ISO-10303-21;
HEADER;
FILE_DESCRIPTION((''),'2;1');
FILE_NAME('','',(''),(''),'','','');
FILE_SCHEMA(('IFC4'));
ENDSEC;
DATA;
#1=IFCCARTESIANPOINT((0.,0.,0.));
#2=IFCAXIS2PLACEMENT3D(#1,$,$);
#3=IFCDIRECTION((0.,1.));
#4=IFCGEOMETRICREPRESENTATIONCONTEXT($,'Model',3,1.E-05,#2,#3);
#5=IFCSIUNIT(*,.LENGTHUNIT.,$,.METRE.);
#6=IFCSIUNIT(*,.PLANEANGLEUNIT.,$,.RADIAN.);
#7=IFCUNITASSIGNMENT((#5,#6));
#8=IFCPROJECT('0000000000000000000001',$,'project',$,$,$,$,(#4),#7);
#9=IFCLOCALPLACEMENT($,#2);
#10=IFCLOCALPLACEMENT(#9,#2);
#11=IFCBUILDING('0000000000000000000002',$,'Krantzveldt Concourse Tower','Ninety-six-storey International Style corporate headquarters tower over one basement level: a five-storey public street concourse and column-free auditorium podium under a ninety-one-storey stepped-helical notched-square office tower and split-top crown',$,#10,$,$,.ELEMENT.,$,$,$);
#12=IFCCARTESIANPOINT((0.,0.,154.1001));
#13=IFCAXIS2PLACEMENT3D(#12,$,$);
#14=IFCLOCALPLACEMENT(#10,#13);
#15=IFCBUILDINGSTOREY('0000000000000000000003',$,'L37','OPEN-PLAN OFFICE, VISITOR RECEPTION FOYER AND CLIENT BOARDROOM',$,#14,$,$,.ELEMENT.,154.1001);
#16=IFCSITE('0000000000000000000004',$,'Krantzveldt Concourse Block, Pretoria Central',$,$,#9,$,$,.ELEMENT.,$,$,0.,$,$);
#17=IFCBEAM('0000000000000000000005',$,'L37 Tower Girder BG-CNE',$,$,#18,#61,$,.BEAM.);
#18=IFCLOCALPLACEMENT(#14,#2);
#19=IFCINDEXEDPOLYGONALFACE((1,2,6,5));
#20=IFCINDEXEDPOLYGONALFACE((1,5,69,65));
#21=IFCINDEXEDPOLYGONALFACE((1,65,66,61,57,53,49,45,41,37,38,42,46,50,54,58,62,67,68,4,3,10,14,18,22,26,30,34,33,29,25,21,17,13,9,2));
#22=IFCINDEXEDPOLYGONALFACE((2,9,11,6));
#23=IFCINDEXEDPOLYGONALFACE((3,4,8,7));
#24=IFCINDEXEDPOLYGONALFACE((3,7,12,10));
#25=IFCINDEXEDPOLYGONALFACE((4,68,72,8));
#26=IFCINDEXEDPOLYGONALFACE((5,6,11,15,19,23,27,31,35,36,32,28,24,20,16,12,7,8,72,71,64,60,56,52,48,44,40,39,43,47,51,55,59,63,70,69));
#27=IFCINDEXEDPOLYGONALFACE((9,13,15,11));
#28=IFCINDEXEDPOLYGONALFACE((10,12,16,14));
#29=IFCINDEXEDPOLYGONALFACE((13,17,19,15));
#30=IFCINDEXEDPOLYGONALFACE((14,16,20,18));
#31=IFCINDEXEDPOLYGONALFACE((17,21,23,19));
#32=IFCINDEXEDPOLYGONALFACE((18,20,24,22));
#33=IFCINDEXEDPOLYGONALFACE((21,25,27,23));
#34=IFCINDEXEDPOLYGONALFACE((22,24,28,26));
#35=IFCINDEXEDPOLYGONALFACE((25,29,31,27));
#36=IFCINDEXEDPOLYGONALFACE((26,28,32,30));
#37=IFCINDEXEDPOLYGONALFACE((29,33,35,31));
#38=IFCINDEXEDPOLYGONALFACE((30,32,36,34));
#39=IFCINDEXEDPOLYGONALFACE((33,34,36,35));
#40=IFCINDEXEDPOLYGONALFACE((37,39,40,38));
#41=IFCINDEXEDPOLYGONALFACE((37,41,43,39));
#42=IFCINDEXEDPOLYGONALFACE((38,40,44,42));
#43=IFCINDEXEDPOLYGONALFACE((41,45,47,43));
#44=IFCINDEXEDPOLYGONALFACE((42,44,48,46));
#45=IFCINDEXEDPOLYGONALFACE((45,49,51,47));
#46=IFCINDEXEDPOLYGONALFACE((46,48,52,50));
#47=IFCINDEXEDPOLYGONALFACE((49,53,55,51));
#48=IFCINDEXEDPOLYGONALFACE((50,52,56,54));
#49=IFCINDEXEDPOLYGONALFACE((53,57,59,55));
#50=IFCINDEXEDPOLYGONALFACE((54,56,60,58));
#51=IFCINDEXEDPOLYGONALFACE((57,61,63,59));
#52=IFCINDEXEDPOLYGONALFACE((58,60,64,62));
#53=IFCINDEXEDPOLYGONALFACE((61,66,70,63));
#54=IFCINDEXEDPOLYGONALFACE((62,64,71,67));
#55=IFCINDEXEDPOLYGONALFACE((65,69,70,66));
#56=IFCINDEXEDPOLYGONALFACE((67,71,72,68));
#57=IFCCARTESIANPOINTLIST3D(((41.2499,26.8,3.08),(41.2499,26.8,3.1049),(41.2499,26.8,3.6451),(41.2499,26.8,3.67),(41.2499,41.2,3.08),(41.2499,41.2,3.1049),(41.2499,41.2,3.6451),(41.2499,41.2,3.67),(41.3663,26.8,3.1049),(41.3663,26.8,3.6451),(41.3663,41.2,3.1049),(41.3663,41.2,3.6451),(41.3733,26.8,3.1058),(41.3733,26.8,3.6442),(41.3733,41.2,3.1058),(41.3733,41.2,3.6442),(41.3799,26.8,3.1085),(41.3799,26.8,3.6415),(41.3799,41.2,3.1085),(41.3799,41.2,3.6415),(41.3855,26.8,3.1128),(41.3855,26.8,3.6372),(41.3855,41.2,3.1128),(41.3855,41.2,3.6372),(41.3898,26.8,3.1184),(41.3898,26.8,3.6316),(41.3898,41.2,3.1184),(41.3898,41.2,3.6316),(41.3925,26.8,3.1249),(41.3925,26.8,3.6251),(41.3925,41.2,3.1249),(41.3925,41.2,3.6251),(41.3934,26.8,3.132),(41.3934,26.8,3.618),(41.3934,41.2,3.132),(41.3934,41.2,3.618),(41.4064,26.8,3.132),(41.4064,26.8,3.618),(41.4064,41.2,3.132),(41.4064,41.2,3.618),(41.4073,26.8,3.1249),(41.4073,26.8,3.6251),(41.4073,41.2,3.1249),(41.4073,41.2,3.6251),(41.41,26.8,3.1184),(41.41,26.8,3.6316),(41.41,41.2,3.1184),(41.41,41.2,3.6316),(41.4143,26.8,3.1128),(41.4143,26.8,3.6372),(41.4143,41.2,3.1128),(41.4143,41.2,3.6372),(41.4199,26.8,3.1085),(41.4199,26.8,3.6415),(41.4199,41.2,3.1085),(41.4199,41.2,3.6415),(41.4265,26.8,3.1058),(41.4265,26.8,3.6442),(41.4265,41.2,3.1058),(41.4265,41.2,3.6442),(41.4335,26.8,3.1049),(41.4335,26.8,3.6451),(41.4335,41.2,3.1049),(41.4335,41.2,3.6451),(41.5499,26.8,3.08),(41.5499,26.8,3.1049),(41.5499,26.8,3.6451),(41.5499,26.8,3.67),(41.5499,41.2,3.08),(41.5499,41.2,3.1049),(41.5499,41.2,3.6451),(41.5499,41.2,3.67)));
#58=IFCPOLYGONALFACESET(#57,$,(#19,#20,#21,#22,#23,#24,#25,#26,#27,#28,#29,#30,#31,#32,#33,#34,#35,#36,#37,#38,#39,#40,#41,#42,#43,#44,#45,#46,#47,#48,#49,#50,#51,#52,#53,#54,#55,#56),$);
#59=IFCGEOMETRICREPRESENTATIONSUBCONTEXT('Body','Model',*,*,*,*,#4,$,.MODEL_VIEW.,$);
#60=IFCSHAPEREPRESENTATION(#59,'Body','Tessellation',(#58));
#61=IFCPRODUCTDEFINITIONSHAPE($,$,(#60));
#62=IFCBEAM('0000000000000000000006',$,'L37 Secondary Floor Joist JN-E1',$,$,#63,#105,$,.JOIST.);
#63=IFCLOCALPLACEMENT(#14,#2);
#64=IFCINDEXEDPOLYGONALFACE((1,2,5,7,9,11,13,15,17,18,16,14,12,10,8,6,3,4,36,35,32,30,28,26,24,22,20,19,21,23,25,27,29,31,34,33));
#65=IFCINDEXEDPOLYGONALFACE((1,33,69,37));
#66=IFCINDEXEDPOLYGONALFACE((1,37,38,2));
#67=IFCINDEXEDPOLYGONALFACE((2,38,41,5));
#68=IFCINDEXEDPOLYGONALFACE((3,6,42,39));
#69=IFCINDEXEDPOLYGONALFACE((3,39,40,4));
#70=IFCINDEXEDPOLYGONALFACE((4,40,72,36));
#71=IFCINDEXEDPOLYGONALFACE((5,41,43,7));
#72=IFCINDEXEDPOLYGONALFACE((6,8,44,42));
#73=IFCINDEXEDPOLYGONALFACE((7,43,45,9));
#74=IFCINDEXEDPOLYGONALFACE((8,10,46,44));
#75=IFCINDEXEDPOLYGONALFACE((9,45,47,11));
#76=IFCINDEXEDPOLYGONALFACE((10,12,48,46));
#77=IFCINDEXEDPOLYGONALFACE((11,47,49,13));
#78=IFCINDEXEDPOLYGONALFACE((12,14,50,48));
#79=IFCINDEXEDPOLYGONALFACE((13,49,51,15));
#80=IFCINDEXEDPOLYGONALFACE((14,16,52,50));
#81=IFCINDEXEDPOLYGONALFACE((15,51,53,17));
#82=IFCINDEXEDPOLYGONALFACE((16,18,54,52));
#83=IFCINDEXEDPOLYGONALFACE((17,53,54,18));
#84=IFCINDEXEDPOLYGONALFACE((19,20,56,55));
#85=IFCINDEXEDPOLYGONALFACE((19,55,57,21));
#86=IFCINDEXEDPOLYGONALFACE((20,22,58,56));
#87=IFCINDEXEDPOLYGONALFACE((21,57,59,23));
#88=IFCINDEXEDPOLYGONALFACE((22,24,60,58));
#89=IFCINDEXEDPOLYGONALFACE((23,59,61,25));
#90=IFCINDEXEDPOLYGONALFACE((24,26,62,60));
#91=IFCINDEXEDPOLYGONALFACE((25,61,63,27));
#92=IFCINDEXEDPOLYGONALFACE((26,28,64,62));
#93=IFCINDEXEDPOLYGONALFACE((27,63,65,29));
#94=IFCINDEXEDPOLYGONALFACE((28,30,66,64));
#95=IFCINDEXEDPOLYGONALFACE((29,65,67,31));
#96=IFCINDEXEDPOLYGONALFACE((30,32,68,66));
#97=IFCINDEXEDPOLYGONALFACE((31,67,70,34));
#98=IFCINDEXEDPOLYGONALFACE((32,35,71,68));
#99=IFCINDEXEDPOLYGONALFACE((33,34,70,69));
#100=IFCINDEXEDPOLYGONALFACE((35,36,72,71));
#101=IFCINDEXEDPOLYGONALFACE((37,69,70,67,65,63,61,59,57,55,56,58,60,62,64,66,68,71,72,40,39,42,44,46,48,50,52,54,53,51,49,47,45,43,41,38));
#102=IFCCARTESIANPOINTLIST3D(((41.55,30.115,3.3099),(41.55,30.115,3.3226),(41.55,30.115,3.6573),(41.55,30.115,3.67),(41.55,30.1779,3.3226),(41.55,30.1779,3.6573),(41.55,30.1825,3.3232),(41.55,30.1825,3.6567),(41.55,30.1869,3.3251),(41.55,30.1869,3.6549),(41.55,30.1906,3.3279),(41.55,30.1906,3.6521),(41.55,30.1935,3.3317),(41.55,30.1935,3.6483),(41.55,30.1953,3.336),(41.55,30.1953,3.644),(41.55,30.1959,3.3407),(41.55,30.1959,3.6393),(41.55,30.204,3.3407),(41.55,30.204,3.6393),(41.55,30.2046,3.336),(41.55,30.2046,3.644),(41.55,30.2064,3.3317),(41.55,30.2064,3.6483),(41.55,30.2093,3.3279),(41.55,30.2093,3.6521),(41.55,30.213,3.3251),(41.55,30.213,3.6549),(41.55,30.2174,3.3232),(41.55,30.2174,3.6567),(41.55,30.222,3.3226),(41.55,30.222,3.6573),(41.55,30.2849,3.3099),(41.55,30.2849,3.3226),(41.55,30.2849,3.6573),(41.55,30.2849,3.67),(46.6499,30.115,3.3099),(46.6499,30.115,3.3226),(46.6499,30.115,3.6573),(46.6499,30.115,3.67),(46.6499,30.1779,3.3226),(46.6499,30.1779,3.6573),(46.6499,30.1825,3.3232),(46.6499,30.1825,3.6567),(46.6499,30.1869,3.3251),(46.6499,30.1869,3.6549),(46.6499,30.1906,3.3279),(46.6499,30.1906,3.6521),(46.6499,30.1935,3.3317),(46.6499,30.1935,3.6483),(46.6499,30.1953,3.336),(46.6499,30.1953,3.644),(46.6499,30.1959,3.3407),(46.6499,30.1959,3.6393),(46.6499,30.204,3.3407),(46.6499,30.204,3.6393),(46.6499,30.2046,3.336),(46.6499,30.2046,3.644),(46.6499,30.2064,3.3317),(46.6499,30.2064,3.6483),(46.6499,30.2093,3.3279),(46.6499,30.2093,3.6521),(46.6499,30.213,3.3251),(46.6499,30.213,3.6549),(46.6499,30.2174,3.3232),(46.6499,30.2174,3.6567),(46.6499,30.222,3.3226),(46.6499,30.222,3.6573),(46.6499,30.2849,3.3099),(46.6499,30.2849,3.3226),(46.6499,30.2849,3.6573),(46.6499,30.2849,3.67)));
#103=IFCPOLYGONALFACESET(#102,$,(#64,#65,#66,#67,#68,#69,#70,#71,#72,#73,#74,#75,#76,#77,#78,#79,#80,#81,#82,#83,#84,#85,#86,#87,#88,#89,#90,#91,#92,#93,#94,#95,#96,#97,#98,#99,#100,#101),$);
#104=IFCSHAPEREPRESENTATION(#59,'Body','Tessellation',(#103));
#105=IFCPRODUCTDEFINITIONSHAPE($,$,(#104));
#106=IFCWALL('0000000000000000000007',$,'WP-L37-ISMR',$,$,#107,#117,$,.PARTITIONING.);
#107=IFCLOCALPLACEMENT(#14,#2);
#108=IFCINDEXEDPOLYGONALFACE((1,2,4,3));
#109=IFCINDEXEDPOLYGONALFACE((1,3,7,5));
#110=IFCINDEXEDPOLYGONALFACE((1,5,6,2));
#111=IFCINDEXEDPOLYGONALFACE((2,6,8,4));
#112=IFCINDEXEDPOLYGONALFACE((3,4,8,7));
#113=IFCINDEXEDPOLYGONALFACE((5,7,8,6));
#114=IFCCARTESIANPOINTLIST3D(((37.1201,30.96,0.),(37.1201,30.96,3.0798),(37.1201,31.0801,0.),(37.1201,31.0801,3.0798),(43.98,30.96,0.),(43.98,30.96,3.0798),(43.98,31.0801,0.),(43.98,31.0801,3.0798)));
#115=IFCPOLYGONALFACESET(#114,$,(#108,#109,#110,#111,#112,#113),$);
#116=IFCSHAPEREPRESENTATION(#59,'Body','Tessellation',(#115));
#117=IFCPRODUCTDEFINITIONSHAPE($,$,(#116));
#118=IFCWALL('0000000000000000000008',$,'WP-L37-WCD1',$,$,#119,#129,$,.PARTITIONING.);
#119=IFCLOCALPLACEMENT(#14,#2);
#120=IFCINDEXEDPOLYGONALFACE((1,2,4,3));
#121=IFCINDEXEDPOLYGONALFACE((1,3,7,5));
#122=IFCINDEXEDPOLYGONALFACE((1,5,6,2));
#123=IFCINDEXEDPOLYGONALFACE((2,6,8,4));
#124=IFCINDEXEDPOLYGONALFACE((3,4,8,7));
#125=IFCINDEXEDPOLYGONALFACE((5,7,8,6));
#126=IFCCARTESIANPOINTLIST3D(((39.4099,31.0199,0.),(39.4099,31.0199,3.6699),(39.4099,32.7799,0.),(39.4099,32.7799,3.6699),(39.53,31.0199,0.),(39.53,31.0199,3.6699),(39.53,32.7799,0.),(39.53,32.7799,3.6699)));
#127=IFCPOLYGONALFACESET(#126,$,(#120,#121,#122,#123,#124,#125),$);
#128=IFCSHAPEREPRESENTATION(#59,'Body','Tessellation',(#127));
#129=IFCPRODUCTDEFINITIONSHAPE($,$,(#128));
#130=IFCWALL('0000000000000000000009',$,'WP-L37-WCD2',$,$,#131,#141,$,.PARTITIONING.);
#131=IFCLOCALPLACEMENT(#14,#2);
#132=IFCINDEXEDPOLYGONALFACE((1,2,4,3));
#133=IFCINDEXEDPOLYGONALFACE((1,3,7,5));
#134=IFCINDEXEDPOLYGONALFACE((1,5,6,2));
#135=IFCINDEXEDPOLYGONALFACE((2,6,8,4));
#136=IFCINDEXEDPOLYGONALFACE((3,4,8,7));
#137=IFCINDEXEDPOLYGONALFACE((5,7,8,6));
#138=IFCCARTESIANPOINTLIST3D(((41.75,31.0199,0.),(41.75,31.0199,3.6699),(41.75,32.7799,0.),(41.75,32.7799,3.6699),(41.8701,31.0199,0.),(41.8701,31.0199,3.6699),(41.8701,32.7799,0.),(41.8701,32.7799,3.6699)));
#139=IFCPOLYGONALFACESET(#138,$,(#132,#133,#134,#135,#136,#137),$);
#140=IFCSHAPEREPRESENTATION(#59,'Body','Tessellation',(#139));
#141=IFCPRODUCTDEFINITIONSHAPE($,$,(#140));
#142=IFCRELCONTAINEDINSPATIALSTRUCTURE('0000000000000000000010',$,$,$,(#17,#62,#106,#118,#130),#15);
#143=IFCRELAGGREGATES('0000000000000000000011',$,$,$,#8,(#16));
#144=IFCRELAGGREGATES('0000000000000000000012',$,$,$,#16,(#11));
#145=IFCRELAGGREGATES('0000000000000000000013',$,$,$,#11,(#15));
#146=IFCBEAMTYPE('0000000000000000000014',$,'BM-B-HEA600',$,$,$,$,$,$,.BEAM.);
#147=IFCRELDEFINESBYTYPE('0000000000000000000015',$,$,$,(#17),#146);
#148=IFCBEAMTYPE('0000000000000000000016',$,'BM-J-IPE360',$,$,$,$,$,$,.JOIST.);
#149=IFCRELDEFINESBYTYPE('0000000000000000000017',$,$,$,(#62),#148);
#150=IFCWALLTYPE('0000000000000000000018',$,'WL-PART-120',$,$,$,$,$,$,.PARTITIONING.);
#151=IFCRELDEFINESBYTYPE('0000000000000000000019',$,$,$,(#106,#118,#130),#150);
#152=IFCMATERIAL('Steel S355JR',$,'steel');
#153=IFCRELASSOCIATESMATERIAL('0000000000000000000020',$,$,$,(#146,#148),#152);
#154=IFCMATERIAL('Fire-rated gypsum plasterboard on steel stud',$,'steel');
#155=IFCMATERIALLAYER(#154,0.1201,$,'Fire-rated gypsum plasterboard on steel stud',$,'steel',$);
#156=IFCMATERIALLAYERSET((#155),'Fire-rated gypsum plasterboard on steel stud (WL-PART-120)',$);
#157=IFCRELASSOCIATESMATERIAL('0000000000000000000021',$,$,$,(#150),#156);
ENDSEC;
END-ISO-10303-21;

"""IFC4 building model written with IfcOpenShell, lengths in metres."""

from ifc_helpers import new_model, si_unit, direction, frame, frame_2d, origin, origin_2d, place, context, subcontext, project, spatial, rectangle, i_section, extrude, source, transform, mapped, material, layer, layer_set, material_profile, profile_set, type_object, type_shapes, element, save


model = new_model("IFC4")

# Units and contexts
model_context = context("Model", 3, precision=1e-05, world=origin(), true_north=direction((0.0, 1.0)))
body_context = subcontext(model_context, "Body", "Model", "MODEL_VIEW")
ifc_project = project(units=[si_unit("LENGTHUNIT", "METRE"), si_unit("PLANEANGLEUNIT", "RADIAN")], contexts=[model_context])

# Site, building, storey
site_placement = place(None, origin())
site = spatial("IfcSite", under=ifc_project, at=site_placement, Name="Krantzveldt Concourse Block, Pretoria Central", CompositionType="ELEMENT", RefElevation=0.0)
building_placement = place(site_placement, origin())
building = spatial("IfcBuilding", under=site, at=building_placement, Name="Krantzveldt Concourse Tower", Description="Ninety-six-storey International Style corporate headquarters tower over one basement level: a five-storey public street concourse and column-free auditorium podium under a ninety-one-storey stepped-helical notched-square office tower and split-top crown", CompositionType="ELEMENT")
storey_placement = place(building_placement, frame((0.0, 0.0, 154.1001)))
storey = spatial("IfcBuildingStorey", under=building, at=storey_placement, Name="L37", Description="OPEN-PLAN OFFICE, VISITOR RECEPTION FOYER AND CLIENT BOARDROOM", CompositionType="ELEMENT", Elevation=154.1001)

# Beams
ifc_material_1 = material(Name="Steel S355JR", Category="steel")
ifc_material_profile_1 = material_profile(ifc_material_1, i_section(OverallWidth=0.3, OverallDepth=0.5901, WebThickness=0.0129, FlangeThickness=0.0249, FilletRadius=0.0271, at=origin_2d()), Name="Steel S355JR", Category="steel")
ifc_profile_set_1 = profile_set([ifc_material_profile_1], Name="Steel S355JR - HEA 600")
beam_type_1 = type_object("IfcBeamType", Name="BM-B-HEA600", PredefinedType="BEAM", material=ifc_profile_set_1)
shared_shape_1 = source(origin(), body_context, "Body", "SweptSolid", [
    extrude(i_section(OverallWidth=0.3, OverallDepth=0.5901, WebThickness=0.0129, FlangeThickness=0.0249, FilletRadius=0.0271, at=origin_2d()), origin(), (0.0, 0.0, 1.0), 14.3999),
])
type_shapes(beam_type_1, [shared_shape_1])
beam_1_placement = place(storey_placement, frame((41.3999, 26.8, 3.375), z_axis=(0.0, 1.0, 0.0), x_axis=(-1.0, 0.0, 0.0)))
element("IfcBeam", 1, at=beam_1_placement, inside=storey, type_object=beam_type_1, Name="L37 Tower Girder BG-CNE", PredefinedType="BEAM", context=body_context, shape_type="MappedRepresentation", body=[
    mapped(shared_shape_1, transform((0.0, 0.0, 0.0), x_axis=(1.0, 0.0, 0.0), y_axis=(0.0, 1.0, 0.0), z_axis=(0.0, 0.0, 1.0), scale=1.0)),
])
ifc_material_profile_2 = material_profile(ifc_material_1, i_section(OverallWidth=0.1699, OverallDepth=0.3601, WebThickness=0.0081, FlangeThickness=0.0127, FilletRadius=0.0181, at=origin_2d()), Name="Steel S355JR", Category="steel")
ifc_profile_set_2 = profile_set([ifc_material_profile_2], Name="Steel S355JR - IPE 360")
beam_type_2 = type_object("IfcBeamType", Name="BM-J-IPE360", PredefinedType="JOIST", material=ifc_profile_set_2)
shared_shape_2 = source(origin(), body_context, "Body", "SweptSolid", [
    extrude(i_section(OverallWidth=0.1699, OverallDepth=0.3601, WebThickness=0.0081, FlangeThickness=0.0127, FilletRadius=0.0181, at=origin_2d()), origin(), (0.0, 0.0, 1.0), 5.0999),
])
type_shapes(beam_type_2, [shared_shape_2])
beam_2_placement = place(storey_placement, frame((41.55, 30.2, 3.49), z_axis=(1.0, 0.0, 0.0), x_axis=(0.0, 1.0, 0.0)))
element("IfcBeam", 2, at=beam_2_placement, inside=storey, type_object=beam_type_2, Name="L37 Secondary Floor Joist JN-E1", PredefinedType="JOIST", context=body_context, shape_type="MappedRepresentation", body=[
    mapped(shared_shape_2, transform((0.0, 0.0, 0.0), x_axis=(1.0, 0.0, 0.0), y_axis=(0.0, 1.0, 0.0), z_axis=(0.0, 0.0, 1.0), scale=1.0)),
])

# Walls
ifc_material_2 = material(Name="Fire-rated gypsum plasterboard on steel stud", Category="steel")
ifc_layer_1 = layer(ifc_material_2, 0.1201, Name="Fire-rated gypsum plasterboard on steel stud", Category="steel")
ifc_layer_set_1 = layer_set([ifc_layer_1], Name="Fire-rated gypsum plasterboard on steel stud (WL-PART-120)")
wall_type_1 = type_object("IfcWallType", Name="WL-PART-120", PredefinedType="PARTITIONING", material=ifc_layer_set_1)
wall_1_placement = place(storey_placement, frame((37.1201, 31.02, 0.0), z_axis=(0.0, 0.0, 1.0), x_axis=(1.0, 0.0, 0.0)))
element("IfcWall", 3, at=wall_1_placement, inside=storey, type_object=wall_type_1, Name="WP-L37-ISMR", PredefinedType="PARTITIONING", context=body_context, shape_type="SweptSolid", body=[
    extrude(rectangle(XDim=6.8599, YDim=0.1201, at=frame_2d((3.4299, 0.0))), origin(), (0.0, 0.0, 1.0), 3.0798),
])
for number, where, z_axis, x_axis, name in (
    (4, (39.47, 31.02, 0.0), (0.0, 0.0, 1.0), (0.0, 1.0, 0.0), "WP-L37-WCD1"),
    (5, (41.8101, 31.02, 0.0), (0.0, 0.0, 1.0), (0.0, 1.0, 0.0), "WP-L37-WCD2"),
):
    element("IfcWall", number, at=place(storey_placement, frame(where, z_axis=z_axis, x_axis=x_axis)), inside=storey, type_object=wall_type_1, Name=name, PredefinedType="PARTITIONING", context=body_context, shape_type="SweptSolid", body=[
        extrude(rectangle(XDim=1.76, YDim=0.1201, at=frame_2d((0.8799, 0.0))), origin(), (0.0, 0.0, 1.0), 3.6699),
    ])

save(model, "model.ifc")
